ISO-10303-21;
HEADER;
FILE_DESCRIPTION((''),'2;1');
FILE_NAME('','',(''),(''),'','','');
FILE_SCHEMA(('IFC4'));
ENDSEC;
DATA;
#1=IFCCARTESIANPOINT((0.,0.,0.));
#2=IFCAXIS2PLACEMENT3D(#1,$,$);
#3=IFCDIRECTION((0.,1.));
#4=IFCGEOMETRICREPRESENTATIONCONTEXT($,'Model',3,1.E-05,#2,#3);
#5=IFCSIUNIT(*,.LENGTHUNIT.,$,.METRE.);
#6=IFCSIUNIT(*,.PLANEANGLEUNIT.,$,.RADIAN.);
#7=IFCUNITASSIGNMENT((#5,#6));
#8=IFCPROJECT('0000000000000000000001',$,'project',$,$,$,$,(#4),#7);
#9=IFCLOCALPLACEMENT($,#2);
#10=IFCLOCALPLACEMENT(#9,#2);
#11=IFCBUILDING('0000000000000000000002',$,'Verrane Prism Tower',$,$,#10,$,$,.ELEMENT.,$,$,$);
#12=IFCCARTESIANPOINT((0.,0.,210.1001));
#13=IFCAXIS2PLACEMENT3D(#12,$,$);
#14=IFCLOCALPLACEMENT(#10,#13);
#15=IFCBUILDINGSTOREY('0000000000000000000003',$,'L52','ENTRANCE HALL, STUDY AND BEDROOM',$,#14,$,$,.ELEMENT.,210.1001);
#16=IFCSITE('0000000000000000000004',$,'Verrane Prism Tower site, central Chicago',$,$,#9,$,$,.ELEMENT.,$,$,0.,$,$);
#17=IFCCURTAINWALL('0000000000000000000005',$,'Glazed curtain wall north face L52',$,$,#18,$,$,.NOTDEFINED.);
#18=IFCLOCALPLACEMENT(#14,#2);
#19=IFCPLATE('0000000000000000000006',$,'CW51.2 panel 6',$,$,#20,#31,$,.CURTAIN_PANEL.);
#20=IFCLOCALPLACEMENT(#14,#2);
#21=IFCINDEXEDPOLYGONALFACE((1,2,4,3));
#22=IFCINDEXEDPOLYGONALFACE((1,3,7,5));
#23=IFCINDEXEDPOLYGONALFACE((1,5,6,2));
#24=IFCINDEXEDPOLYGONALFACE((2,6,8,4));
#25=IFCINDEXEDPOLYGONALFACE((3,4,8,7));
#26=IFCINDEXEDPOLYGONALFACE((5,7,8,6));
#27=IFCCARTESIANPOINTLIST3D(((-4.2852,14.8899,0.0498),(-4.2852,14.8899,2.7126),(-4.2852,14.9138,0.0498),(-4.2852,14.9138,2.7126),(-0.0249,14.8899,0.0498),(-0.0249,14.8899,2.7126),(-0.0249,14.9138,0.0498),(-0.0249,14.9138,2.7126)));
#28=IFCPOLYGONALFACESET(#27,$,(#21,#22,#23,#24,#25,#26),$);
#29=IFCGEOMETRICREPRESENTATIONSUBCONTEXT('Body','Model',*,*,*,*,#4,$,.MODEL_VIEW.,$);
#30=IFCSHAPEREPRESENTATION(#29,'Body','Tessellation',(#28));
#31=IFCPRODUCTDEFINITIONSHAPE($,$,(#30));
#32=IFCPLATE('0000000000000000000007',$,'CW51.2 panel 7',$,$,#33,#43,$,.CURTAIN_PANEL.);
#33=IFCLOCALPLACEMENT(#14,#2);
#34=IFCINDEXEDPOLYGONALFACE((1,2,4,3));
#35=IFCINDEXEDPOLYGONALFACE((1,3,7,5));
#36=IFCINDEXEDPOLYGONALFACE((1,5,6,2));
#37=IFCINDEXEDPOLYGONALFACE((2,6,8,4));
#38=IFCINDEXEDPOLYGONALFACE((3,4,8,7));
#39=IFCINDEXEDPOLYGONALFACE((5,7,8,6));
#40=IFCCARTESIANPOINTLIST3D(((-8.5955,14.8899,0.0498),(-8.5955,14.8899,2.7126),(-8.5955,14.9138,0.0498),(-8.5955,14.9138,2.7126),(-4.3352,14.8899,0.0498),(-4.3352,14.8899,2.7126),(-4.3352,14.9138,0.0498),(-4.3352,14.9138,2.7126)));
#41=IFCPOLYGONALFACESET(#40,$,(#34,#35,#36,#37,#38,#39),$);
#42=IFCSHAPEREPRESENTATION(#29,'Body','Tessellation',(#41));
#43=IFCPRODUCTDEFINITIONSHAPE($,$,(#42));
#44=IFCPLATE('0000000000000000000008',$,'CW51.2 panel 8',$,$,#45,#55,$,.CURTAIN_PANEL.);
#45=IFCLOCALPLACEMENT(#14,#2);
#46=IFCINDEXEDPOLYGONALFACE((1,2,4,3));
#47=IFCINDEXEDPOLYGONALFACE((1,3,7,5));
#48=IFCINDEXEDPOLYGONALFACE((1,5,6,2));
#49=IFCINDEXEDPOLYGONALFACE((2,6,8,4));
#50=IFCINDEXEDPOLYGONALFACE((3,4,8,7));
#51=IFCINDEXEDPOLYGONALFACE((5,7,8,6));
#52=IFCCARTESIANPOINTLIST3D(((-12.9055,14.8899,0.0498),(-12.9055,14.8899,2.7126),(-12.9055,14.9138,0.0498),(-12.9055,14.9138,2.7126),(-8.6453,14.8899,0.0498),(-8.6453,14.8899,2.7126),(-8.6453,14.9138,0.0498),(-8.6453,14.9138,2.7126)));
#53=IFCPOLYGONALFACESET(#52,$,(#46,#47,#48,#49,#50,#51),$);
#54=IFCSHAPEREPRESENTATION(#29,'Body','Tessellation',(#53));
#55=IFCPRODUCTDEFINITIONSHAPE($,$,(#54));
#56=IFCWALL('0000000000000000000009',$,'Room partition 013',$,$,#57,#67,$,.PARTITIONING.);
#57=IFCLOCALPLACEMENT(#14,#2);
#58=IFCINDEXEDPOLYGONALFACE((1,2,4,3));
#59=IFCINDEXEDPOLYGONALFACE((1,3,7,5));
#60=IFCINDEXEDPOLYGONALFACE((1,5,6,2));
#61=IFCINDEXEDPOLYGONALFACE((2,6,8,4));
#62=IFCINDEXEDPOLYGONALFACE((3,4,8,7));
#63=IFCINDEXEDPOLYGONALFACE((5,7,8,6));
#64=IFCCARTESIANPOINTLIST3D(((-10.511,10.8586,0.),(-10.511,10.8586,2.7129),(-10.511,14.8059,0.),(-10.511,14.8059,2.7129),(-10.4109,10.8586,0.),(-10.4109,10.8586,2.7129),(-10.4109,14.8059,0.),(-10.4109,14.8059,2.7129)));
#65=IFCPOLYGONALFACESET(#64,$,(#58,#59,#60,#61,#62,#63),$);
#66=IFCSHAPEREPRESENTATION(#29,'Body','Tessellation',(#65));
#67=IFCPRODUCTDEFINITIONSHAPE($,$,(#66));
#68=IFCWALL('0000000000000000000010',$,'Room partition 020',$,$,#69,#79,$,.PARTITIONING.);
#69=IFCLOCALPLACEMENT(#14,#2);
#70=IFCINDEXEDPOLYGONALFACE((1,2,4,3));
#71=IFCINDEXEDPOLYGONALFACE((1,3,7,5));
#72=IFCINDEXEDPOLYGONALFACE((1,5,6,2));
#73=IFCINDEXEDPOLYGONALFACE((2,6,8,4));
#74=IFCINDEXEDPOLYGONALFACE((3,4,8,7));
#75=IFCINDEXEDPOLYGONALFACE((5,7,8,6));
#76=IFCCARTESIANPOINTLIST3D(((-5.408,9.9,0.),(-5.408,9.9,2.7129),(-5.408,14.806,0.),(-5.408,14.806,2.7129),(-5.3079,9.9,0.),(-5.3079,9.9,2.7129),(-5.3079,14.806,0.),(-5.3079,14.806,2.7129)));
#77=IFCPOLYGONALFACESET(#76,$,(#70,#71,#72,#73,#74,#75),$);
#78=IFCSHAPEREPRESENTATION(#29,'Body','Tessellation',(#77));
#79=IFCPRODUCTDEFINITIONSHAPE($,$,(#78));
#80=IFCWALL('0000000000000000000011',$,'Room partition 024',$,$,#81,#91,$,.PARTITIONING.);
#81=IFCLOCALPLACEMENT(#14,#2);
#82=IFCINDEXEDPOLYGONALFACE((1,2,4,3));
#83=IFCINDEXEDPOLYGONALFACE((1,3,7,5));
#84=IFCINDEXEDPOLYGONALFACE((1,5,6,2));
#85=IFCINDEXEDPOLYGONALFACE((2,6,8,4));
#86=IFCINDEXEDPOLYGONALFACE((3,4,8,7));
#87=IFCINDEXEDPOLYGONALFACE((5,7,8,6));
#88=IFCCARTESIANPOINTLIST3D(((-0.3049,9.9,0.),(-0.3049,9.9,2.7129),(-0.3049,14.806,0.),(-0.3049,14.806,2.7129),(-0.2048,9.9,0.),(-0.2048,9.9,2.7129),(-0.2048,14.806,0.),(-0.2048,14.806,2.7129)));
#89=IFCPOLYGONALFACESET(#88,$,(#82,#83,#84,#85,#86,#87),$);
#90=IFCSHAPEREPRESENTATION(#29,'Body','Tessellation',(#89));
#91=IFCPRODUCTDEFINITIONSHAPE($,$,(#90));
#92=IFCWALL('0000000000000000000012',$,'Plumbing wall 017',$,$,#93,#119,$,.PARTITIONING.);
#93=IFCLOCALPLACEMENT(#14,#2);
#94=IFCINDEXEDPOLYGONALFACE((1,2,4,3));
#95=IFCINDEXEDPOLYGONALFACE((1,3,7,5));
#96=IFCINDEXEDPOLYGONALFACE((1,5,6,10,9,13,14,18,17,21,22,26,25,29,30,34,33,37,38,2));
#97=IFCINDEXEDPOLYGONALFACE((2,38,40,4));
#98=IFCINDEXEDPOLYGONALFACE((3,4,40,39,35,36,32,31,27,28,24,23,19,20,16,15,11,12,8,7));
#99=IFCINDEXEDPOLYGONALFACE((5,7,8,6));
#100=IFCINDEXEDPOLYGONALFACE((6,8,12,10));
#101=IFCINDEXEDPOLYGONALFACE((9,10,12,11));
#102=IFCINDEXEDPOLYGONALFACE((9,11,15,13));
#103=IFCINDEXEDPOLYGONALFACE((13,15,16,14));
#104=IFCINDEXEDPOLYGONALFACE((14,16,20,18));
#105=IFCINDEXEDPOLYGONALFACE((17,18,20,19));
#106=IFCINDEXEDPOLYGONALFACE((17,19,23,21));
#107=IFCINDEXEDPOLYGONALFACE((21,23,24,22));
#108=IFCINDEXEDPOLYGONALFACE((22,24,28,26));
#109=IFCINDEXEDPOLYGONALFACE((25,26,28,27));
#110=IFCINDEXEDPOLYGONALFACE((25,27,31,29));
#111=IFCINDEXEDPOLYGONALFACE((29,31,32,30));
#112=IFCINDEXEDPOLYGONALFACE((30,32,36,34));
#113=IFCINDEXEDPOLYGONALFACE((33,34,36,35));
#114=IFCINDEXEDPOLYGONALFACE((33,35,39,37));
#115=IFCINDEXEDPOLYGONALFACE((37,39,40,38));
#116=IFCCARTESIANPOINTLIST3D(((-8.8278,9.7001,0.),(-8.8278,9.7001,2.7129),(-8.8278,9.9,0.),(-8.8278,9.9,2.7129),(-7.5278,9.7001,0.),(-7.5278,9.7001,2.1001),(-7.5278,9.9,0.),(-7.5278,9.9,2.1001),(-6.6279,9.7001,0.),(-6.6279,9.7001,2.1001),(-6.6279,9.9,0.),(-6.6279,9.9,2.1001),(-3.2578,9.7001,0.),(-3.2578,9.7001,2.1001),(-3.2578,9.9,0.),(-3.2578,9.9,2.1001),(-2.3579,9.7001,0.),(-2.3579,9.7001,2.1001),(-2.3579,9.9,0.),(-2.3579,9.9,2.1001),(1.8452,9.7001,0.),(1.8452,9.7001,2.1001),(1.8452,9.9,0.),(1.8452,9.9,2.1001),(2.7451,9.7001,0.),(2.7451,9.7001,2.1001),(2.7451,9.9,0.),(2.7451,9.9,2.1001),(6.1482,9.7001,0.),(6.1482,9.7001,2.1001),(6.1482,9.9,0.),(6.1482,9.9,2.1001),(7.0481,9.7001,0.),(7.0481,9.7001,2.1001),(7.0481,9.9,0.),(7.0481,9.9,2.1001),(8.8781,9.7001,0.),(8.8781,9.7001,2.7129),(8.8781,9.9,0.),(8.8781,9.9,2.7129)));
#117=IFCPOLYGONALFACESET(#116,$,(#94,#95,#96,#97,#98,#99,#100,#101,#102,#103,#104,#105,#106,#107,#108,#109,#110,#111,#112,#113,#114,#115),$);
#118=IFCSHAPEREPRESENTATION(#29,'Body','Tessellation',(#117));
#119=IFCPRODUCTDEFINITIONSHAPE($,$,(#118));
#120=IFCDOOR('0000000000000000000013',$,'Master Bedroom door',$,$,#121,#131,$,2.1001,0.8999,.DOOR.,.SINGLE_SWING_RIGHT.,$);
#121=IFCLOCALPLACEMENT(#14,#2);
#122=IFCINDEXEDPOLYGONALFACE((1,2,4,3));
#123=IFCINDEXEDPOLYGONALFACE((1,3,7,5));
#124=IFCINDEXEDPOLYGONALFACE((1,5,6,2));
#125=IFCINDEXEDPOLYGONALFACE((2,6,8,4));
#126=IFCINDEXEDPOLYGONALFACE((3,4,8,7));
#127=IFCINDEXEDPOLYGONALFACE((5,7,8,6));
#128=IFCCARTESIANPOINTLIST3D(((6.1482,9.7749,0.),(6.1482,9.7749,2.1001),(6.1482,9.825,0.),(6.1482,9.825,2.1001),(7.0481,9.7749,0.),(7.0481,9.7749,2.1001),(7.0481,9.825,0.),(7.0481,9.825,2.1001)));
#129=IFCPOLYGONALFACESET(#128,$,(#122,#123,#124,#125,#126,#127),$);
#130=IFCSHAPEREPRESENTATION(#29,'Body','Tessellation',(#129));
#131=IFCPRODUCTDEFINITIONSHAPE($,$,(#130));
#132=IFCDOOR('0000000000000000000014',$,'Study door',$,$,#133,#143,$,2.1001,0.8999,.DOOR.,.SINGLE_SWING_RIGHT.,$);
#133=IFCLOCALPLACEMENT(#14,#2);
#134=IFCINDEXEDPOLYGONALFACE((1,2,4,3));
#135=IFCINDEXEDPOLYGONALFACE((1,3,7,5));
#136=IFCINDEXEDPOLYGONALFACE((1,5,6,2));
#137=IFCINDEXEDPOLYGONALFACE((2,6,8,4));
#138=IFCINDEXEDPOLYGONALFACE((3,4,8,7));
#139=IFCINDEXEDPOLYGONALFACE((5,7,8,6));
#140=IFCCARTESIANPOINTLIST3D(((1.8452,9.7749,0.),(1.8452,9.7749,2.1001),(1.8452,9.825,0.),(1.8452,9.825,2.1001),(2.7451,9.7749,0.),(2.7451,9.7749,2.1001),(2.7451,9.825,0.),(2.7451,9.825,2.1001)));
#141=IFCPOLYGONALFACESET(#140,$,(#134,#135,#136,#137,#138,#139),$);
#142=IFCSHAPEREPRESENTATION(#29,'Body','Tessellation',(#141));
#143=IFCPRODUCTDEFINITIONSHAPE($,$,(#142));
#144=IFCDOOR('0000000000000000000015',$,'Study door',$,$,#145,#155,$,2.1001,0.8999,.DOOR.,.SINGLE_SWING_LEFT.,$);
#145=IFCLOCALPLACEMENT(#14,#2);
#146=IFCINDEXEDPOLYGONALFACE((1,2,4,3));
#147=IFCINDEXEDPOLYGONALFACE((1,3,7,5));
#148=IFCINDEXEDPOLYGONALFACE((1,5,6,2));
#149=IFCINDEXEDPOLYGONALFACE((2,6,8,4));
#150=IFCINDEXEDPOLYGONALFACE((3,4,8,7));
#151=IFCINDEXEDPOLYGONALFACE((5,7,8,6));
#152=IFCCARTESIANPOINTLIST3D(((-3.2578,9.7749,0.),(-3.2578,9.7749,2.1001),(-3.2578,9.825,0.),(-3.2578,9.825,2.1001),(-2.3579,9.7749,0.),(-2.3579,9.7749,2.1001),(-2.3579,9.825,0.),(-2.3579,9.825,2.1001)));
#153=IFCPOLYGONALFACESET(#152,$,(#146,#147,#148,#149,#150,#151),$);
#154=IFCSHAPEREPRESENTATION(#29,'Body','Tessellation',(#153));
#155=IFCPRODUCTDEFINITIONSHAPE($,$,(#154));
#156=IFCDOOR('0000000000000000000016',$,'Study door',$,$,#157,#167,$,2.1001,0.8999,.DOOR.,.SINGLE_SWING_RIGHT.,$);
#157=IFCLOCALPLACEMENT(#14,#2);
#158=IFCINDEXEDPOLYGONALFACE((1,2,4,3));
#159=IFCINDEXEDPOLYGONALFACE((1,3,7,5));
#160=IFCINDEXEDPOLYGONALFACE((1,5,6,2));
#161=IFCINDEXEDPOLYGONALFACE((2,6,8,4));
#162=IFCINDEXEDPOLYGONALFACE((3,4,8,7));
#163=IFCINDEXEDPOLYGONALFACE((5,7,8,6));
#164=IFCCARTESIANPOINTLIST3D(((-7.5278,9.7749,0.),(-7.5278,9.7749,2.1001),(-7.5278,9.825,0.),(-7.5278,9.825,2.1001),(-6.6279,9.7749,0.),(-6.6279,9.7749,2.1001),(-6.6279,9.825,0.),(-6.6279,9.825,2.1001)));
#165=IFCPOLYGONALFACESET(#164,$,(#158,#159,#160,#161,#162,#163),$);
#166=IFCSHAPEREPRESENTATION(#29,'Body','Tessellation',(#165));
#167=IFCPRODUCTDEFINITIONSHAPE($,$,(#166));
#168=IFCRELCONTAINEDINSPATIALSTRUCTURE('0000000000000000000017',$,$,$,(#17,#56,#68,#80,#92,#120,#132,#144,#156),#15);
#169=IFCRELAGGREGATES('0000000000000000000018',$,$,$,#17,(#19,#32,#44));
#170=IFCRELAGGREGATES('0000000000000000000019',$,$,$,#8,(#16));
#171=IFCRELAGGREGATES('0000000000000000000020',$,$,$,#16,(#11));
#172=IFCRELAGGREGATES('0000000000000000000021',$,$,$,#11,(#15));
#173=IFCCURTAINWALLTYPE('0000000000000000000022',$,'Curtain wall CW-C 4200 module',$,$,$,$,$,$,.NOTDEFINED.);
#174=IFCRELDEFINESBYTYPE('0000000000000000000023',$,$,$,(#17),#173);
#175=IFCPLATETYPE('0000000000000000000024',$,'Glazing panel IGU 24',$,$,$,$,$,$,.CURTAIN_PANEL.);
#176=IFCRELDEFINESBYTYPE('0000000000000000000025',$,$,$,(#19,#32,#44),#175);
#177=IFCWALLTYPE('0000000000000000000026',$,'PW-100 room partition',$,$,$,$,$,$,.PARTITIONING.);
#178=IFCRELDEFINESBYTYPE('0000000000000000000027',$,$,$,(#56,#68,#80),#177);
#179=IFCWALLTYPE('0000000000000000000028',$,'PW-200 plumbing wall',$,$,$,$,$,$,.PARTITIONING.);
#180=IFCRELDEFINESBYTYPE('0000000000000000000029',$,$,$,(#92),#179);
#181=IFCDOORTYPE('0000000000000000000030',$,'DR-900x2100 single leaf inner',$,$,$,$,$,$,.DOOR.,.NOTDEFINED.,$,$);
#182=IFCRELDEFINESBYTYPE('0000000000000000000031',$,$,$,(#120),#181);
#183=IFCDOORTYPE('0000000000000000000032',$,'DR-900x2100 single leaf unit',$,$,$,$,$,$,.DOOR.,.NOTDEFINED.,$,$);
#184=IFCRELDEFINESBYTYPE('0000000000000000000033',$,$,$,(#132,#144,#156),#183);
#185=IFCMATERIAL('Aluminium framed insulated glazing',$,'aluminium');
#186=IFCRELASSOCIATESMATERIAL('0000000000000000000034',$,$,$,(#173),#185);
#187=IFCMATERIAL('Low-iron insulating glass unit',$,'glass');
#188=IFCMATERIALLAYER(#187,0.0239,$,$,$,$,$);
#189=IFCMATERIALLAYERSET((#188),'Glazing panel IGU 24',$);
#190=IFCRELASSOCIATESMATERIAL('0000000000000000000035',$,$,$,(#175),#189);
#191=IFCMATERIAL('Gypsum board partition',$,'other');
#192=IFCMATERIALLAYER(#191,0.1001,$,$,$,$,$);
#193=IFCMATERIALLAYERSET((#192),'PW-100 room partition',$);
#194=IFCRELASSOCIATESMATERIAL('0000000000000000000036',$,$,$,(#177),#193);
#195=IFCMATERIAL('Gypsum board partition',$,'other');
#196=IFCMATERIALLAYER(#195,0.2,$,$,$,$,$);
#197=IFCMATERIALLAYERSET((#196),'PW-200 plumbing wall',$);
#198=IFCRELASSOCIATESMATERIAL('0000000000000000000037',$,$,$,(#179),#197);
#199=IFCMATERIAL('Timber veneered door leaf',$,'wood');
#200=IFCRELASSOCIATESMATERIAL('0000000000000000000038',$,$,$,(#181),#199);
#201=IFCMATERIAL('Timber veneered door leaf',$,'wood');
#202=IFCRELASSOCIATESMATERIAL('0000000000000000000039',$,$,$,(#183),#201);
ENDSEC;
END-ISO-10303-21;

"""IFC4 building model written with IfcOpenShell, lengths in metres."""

from ifc_helpers import new_model, si_unit, direction, frame, frame_2d, origin, origin_2d, place, context, subcontext, project, spatial, rectangle, extrude, material, layer, layer_set, type_object, element, fill, aggregate, save


model = new_model("IFC4")

# Units and contexts
model_context = context("Model", 3, precision=1e-05, world=origin(), true_north=direction((0.0, 1.0)))
body_context = subcontext(model_context, "Body", "Model", "MODEL_VIEW")
ifc_project = project(units=[si_unit("LENGTHUNIT", "METRE"), si_unit("PLANEANGLEUNIT", "RADIAN")], contexts=[model_context])

# Site, building, storey
site_placement = place(None, origin())
site = spatial("IfcSite", under=ifc_project, at=site_placement, Name="Verrane Prism Tower site, central Chicago", CompositionType="ELEMENT", RefElevation=0.0)
building_placement = place(site_placement, origin())
building = spatial("IfcBuilding", under=site, at=building_placement, Name="Verrane Prism Tower", CompositionType="ELEMENT")
storey_placement = place(building_placement, frame((0.0, 0.0, 210.1001)))
storey = spatial("IfcBuildingStorey", under=building, at=storey_placement, Name="L52", Description="ENTRANCE HALL, STUDY AND BEDROOM", CompositionType="ELEMENT", Elevation=210.1001)

# Curtain wall
ifc_material_1 = material(Name="Aluminium framed insulated glazing", Category="aluminium")
curtain_wall_type = type_object("IfcCurtainWallType", Name="Curtain wall CW-C 4200 module", PredefinedType="NOTDEFINED", material=ifc_material_1)
curtain_wall_placement = place(storey_placement, origin())
curtain_wall = element("IfcCurtainWall", 1, at=curtain_wall_placement, inside=storey, type_object=curtain_wall_type, Name="Glazed curtain wall north face L52", PredefinedType="NOTDEFINED")

# Plates
ifc_material_2 = material(Name="Low-iron insulating glass unit", Category="glass")
ifc_layer_1 = layer(ifc_material_2, 0.0239)
ifc_layer_set_1 = layer_set([ifc_layer_1], Name="Glazing panel IGU 24")
plate_type = type_object("IfcPlateType", Name="Glazing panel IGU 24", PredefinedType="CURTAIN_PANEL", material=ifc_layer_set_1)
plate_1_placement = place(storey_placement, frame((-2.155, 14.9019, 0.0498), z_axis=(0.0, 0.0, 1.0), x_axis=(-1.0, 0.0, 0.0)))
plate_1 = element("IfcPlate", 2, at=plate_1_placement, type_object=plate_type, Name="CW51.2 panel 6", PredefinedType="CURTAIN_PANEL", context=body_context, shape_type="SweptSolid", body=[
    extrude(rectangle(XDim=4.2603, YDim=0.0239, at=origin_2d()), origin(), (0.0, 0.0, 1.0), 2.6628),
])
plate_2_placement = place(storey_placement, frame((-6.4653, 14.9019, 0.0498), z_axis=(0.0, 0.0, 1.0), x_axis=(-1.0, 0.0, 0.0)))
plate_2 = element("IfcPlate", 3, at=plate_2_placement, type_object=plate_type, Name="CW51.2 panel 7", PredefinedType="CURTAIN_PANEL", context=body_context, shape_type="SweptSolid", body=[
    extrude(rectangle(XDim=4.2603, YDim=0.0239, at=origin_2d()), origin(), (0.0, 0.0, 1.0), 2.6628),
])
plate_3_placement = place(storey_placement, frame((-10.7754, 14.9019, 0.0498), z_axis=(0.0, 0.0, 1.0), x_axis=(-1.0, 0.0, 0.0)))
plate_3 = element("IfcPlate", 4, at=plate_3_placement, type_object=plate_type, Name="CW51.2 panel 8", PredefinedType="CURTAIN_PANEL", context=body_context, shape_type="SweptSolid", body=[
    extrude(rectangle(XDim=4.2603, YDim=0.0239, at=origin_2d()), origin(), (0.0, 0.0, 1.0), 2.6628),
])
aggregate(curtain_wall, [plate_1, plate_2, plate_3])

# Walls
ifc_material_3 = material(Name="Gypsum board partition", Category="other")
ifc_layer_2 = layer(ifc_material_3, 0.1001)
ifc_layer_set_2 = layer_set([ifc_layer_2], Name="PW-100 room partition")
wall_type_1 = type_object("IfcWallType", Name="PW-100 room partition", PredefinedType="PARTITIONING", material=ifc_layer_set_2)
wall_1_placement = place(storey_placement, frame((-10.4609, 10.8586, 0.0), z_axis=(0.0, 0.0, 1.0), x_axis=(0.0, 1.0, 0.0)))
element("IfcWall", 5, at=wall_1_placement, inside=storey, type_object=wall_type_1, Name="Room partition 013", PredefinedType="PARTITIONING", context=body_context, shape_type="SweptSolid", body=[
    extrude(rectangle(XDim=3.9473, YDim=0.1001, at=frame_2d((1.9736, 0.0))), origin(), (0.0, 0.0, 1.0), 2.7129),
])
for number, where, z_axis, x_axis, name in (
    (6, (-5.3579, 9.8999, 0.0), (0.0, 0.0, 1.0), (0.0, 1.0, 0.0), "Room partition 020"),
    (7, (-0.2549, 9.8999, 0.0), (0.0, 0.0, 1.0), (0.0, 1.0, 0.0), "Room partition 024"),
):
    element("IfcWall", number, at=place(storey_placement, frame(where, z_axis=z_axis, x_axis=x_axis)), inside=storey, type_object=wall_type_1, Name=name, PredefinedType="PARTITIONING", context=body_context, shape_type="SweptSolid", body=[
        extrude(rectangle(XDim=4.906, YDim=0.1001, at=frame_2d((2.4531, 0.0))), origin(), (0.0, 0.0, 1.0), 2.7129),
    ])

# Wall, openings, doors
ifc_material_4 = material(Name="Gypsum board partition", Category="other")
ifc_layer_3 = layer(ifc_material_4, 0.2)
ifc_layer_set_3 = layer_set([ifc_layer_3], Name="PW-200 plumbing wall")
wall_type_2 = type_object("IfcWallType", Name="PW-200 plumbing wall", PredefinedType="PARTITIONING", material=ifc_layer_set_3)
wall_2_placement = place(storey_placement, frame((-8.8279, 9.8, 0.0), z_axis=(0.0, 0.0, 1.0), x_axis=(1.0, 0.0, 0.0)))
wall_2 = element("IfcWall", 8, at=wall_2_placement, inside=storey, type_object=wall_type_2, Name="Plumbing wall 017", PredefinedType="PARTITIONING", context=body_context, shape_type="SweptSolid", body=[
    extrude(rectangle(XDim=17.7058, YDim=0.2, at=frame_2d((8.853, 0.0))), origin(), (0.0, 0.0, 1.0), 2.7129),
])
opening_1_placement = place(wall_2_placement, frame((14.9761, 0.0, 0.0)))
opening_1 = element("IfcOpeningElement", 9, at=opening_1_placement, cuts=wall_2, PredefinedType="OPENING", context=body_context, shape_type="SweptSolid", body=[
    extrude(rectangle(XDim=0.8999, YDim=2.1001, at=frame_2d((0.45, 1.05))), frame((0.0, 0.1099, 0.0), z_axis=(0.0, -1.0, 0.0), x_axis=(1.0, 0.0, 0.0)), (0.0, 0.0, 1.0), 0.22),
])
opening_2_placement = place(wall_2_placement, frame((10.6731, 0.0, 0.0)))
opening_2 = element("IfcOpeningElement", 10, at=opening_2_placement, cuts=wall_2, PredefinedType="OPENING", context=body_context, shape_type="SweptSolid", body=[
    extrude(rectangle(XDim=0.8999, YDim=2.1001, at=frame_2d((0.45, 1.05))), frame((0.0, 0.1099, 0.0), z_axis=(0.0, -1.0, 0.0), x_axis=(1.0, 0.0, 0.0)), (0.0, 0.0, 1.0), 0.22),
])
opening_3_placement = place(wall_2_placement, frame((5.5701, 0.0, 0.0)))
opening_3 = element("IfcOpeningElement", 11, at=opening_3_placement, cuts=wall_2, PredefinedType="OPENING", context=body_context, shape_type="SweptSolid", body=[
    extrude(rectangle(XDim=0.8999, YDim=2.1001, at=frame_2d((0.45, 1.05))), frame((0.0, 0.1099, 0.0), z_axis=(0.0, -1.0, 0.0), x_axis=(1.0, 0.0, 0.0)), (0.0, 0.0, 1.0), 0.22),
])
opening_4_placement = place(wall_2_placement, frame((1.3, 0.0, 0.0)))
opening_4 = element("IfcOpeningElement", 12, at=opening_4_placement, cuts=wall_2, PredefinedType="OPENING", context=body_context, shape_type="SweptSolid", body=[
    extrude(rectangle(XDim=0.8999, YDim=2.1001, at=frame_2d((0.45, 1.05))), frame((0.0, 0.1099, 0.0), z_axis=(0.0, -1.0, 0.0), x_axis=(1.0, 0.0, 0.0)), (0.0, 0.0, 1.0), 0.22),
])
ifc_material_5 = material(Name="Timber veneered door leaf", Category="wood")
door_type_1 = type_object("IfcDoorType", Name="DR-900x2100 single leaf inner", OperationType="NOTDEFINED", PredefinedType="DOOR", material=ifc_material_5)
door_1_placement = place(opening_1_placement, origin())
door_1 = element("IfcDoor", 13, at=door_1_placement, inside=storey, type_object=door_type_1, Name="Master Bedroom door", OperationType="SINGLE_SWING_RIGHT", OverallHeight=2.1001, OverallWidth=0.8999, PredefinedType="DOOR", context=body_context, shape_type="SweptSolid", body=[
    extrude(rectangle(XDim=0.8999, YDim=2.1001, at=frame_2d((0.45, 1.05))), frame((0.0, 0.0249, 0.0), z_axis=(0.0, -1.0, 0.0), x_axis=(1.0, 0.0, 0.0)), (0.0, 0.0, 1.0), 0.05),
])
fill(opening_1, door_1)
ifc_material_6 = material(Name="Timber veneered door leaf", Category="wood")
door_type_2 = type_object("IfcDoorType", Name="DR-900x2100 single leaf unit", OperationType="NOTDEFINED", PredefinedType="DOOR", material=ifc_material_6)
door_2_placement = place(opening_2_placement, origin())
door_2 = element("IfcDoor", 14, at=door_2_placement, inside=storey, type_object=door_type_2, Name="Study door", OperationType="SINGLE_SWING_RIGHT", OverallHeight=2.1001, OverallWidth=0.8999, PredefinedType="DOOR", context=body_context, shape_type="SweptSolid", body=[
    extrude(rectangle(XDim=0.8999, YDim=2.1001, at=frame_2d((0.45, 1.05))), frame((0.0, 0.0249, 0.0), z_axis=(0.0, -1.0, 0.0), x_axis=(1.0, 0.0, 0.0)), (0.0, 0.0, 1.0), 0.05),
])
fill(opening_2, door_2)
door_3_placement = place(opening_3_placement, origin())
door_3 = element("IfcDoor", 15, at=door_3_placement, inside=storey, type_object=door_type_2, Name="Study door", OperationType="SINGLE_SWING_LEFT", OverallHeight=2.1001, OverallWidth=0.8999, PredefinedType="DOOR", context=body_context, shape_type="SweptSolid", body=[
    extrude(rectangle(XDim=0.8999, YDim=2.1001, at=frame_2d((0.45, 1.05))), frame((0.0, 0.0249, 0.0), z_axis=(0.0, -1.0, 0.0), x_axis=(1.0, 0.0, 0.0)), (0.0, 0.0, 1.0), 0.05),
])
fill(opening_3, door_3)
door_4_placement = place(opening_4_placement, origin())
door_4 = element("IfcDoor", 16, at=door_4_placement, inside=storey, type_object=door_type_2, Name="Study door", OperationType="SINGLE_SWING_RIGHT", OverallHeight=2.1001, OverallWidth=0.8999, PredefinedType="DOOR", context=body_context, shape_type="SweptSolid", body=[
    extrude(rectangle(XDim=0.8999, YDim=2.1001, at=frame_2d((0.45, 1.05))), frame((0.0, 0.0249, 0.0), z_axis=(0.0, -1.0, 0.0), x_axis=(1.0, 0.0, 0.0)), (0.0, 0.0, 1.0), 0.05),
])
fill(opening_4, door_4)

save(model, "model.ifc")
